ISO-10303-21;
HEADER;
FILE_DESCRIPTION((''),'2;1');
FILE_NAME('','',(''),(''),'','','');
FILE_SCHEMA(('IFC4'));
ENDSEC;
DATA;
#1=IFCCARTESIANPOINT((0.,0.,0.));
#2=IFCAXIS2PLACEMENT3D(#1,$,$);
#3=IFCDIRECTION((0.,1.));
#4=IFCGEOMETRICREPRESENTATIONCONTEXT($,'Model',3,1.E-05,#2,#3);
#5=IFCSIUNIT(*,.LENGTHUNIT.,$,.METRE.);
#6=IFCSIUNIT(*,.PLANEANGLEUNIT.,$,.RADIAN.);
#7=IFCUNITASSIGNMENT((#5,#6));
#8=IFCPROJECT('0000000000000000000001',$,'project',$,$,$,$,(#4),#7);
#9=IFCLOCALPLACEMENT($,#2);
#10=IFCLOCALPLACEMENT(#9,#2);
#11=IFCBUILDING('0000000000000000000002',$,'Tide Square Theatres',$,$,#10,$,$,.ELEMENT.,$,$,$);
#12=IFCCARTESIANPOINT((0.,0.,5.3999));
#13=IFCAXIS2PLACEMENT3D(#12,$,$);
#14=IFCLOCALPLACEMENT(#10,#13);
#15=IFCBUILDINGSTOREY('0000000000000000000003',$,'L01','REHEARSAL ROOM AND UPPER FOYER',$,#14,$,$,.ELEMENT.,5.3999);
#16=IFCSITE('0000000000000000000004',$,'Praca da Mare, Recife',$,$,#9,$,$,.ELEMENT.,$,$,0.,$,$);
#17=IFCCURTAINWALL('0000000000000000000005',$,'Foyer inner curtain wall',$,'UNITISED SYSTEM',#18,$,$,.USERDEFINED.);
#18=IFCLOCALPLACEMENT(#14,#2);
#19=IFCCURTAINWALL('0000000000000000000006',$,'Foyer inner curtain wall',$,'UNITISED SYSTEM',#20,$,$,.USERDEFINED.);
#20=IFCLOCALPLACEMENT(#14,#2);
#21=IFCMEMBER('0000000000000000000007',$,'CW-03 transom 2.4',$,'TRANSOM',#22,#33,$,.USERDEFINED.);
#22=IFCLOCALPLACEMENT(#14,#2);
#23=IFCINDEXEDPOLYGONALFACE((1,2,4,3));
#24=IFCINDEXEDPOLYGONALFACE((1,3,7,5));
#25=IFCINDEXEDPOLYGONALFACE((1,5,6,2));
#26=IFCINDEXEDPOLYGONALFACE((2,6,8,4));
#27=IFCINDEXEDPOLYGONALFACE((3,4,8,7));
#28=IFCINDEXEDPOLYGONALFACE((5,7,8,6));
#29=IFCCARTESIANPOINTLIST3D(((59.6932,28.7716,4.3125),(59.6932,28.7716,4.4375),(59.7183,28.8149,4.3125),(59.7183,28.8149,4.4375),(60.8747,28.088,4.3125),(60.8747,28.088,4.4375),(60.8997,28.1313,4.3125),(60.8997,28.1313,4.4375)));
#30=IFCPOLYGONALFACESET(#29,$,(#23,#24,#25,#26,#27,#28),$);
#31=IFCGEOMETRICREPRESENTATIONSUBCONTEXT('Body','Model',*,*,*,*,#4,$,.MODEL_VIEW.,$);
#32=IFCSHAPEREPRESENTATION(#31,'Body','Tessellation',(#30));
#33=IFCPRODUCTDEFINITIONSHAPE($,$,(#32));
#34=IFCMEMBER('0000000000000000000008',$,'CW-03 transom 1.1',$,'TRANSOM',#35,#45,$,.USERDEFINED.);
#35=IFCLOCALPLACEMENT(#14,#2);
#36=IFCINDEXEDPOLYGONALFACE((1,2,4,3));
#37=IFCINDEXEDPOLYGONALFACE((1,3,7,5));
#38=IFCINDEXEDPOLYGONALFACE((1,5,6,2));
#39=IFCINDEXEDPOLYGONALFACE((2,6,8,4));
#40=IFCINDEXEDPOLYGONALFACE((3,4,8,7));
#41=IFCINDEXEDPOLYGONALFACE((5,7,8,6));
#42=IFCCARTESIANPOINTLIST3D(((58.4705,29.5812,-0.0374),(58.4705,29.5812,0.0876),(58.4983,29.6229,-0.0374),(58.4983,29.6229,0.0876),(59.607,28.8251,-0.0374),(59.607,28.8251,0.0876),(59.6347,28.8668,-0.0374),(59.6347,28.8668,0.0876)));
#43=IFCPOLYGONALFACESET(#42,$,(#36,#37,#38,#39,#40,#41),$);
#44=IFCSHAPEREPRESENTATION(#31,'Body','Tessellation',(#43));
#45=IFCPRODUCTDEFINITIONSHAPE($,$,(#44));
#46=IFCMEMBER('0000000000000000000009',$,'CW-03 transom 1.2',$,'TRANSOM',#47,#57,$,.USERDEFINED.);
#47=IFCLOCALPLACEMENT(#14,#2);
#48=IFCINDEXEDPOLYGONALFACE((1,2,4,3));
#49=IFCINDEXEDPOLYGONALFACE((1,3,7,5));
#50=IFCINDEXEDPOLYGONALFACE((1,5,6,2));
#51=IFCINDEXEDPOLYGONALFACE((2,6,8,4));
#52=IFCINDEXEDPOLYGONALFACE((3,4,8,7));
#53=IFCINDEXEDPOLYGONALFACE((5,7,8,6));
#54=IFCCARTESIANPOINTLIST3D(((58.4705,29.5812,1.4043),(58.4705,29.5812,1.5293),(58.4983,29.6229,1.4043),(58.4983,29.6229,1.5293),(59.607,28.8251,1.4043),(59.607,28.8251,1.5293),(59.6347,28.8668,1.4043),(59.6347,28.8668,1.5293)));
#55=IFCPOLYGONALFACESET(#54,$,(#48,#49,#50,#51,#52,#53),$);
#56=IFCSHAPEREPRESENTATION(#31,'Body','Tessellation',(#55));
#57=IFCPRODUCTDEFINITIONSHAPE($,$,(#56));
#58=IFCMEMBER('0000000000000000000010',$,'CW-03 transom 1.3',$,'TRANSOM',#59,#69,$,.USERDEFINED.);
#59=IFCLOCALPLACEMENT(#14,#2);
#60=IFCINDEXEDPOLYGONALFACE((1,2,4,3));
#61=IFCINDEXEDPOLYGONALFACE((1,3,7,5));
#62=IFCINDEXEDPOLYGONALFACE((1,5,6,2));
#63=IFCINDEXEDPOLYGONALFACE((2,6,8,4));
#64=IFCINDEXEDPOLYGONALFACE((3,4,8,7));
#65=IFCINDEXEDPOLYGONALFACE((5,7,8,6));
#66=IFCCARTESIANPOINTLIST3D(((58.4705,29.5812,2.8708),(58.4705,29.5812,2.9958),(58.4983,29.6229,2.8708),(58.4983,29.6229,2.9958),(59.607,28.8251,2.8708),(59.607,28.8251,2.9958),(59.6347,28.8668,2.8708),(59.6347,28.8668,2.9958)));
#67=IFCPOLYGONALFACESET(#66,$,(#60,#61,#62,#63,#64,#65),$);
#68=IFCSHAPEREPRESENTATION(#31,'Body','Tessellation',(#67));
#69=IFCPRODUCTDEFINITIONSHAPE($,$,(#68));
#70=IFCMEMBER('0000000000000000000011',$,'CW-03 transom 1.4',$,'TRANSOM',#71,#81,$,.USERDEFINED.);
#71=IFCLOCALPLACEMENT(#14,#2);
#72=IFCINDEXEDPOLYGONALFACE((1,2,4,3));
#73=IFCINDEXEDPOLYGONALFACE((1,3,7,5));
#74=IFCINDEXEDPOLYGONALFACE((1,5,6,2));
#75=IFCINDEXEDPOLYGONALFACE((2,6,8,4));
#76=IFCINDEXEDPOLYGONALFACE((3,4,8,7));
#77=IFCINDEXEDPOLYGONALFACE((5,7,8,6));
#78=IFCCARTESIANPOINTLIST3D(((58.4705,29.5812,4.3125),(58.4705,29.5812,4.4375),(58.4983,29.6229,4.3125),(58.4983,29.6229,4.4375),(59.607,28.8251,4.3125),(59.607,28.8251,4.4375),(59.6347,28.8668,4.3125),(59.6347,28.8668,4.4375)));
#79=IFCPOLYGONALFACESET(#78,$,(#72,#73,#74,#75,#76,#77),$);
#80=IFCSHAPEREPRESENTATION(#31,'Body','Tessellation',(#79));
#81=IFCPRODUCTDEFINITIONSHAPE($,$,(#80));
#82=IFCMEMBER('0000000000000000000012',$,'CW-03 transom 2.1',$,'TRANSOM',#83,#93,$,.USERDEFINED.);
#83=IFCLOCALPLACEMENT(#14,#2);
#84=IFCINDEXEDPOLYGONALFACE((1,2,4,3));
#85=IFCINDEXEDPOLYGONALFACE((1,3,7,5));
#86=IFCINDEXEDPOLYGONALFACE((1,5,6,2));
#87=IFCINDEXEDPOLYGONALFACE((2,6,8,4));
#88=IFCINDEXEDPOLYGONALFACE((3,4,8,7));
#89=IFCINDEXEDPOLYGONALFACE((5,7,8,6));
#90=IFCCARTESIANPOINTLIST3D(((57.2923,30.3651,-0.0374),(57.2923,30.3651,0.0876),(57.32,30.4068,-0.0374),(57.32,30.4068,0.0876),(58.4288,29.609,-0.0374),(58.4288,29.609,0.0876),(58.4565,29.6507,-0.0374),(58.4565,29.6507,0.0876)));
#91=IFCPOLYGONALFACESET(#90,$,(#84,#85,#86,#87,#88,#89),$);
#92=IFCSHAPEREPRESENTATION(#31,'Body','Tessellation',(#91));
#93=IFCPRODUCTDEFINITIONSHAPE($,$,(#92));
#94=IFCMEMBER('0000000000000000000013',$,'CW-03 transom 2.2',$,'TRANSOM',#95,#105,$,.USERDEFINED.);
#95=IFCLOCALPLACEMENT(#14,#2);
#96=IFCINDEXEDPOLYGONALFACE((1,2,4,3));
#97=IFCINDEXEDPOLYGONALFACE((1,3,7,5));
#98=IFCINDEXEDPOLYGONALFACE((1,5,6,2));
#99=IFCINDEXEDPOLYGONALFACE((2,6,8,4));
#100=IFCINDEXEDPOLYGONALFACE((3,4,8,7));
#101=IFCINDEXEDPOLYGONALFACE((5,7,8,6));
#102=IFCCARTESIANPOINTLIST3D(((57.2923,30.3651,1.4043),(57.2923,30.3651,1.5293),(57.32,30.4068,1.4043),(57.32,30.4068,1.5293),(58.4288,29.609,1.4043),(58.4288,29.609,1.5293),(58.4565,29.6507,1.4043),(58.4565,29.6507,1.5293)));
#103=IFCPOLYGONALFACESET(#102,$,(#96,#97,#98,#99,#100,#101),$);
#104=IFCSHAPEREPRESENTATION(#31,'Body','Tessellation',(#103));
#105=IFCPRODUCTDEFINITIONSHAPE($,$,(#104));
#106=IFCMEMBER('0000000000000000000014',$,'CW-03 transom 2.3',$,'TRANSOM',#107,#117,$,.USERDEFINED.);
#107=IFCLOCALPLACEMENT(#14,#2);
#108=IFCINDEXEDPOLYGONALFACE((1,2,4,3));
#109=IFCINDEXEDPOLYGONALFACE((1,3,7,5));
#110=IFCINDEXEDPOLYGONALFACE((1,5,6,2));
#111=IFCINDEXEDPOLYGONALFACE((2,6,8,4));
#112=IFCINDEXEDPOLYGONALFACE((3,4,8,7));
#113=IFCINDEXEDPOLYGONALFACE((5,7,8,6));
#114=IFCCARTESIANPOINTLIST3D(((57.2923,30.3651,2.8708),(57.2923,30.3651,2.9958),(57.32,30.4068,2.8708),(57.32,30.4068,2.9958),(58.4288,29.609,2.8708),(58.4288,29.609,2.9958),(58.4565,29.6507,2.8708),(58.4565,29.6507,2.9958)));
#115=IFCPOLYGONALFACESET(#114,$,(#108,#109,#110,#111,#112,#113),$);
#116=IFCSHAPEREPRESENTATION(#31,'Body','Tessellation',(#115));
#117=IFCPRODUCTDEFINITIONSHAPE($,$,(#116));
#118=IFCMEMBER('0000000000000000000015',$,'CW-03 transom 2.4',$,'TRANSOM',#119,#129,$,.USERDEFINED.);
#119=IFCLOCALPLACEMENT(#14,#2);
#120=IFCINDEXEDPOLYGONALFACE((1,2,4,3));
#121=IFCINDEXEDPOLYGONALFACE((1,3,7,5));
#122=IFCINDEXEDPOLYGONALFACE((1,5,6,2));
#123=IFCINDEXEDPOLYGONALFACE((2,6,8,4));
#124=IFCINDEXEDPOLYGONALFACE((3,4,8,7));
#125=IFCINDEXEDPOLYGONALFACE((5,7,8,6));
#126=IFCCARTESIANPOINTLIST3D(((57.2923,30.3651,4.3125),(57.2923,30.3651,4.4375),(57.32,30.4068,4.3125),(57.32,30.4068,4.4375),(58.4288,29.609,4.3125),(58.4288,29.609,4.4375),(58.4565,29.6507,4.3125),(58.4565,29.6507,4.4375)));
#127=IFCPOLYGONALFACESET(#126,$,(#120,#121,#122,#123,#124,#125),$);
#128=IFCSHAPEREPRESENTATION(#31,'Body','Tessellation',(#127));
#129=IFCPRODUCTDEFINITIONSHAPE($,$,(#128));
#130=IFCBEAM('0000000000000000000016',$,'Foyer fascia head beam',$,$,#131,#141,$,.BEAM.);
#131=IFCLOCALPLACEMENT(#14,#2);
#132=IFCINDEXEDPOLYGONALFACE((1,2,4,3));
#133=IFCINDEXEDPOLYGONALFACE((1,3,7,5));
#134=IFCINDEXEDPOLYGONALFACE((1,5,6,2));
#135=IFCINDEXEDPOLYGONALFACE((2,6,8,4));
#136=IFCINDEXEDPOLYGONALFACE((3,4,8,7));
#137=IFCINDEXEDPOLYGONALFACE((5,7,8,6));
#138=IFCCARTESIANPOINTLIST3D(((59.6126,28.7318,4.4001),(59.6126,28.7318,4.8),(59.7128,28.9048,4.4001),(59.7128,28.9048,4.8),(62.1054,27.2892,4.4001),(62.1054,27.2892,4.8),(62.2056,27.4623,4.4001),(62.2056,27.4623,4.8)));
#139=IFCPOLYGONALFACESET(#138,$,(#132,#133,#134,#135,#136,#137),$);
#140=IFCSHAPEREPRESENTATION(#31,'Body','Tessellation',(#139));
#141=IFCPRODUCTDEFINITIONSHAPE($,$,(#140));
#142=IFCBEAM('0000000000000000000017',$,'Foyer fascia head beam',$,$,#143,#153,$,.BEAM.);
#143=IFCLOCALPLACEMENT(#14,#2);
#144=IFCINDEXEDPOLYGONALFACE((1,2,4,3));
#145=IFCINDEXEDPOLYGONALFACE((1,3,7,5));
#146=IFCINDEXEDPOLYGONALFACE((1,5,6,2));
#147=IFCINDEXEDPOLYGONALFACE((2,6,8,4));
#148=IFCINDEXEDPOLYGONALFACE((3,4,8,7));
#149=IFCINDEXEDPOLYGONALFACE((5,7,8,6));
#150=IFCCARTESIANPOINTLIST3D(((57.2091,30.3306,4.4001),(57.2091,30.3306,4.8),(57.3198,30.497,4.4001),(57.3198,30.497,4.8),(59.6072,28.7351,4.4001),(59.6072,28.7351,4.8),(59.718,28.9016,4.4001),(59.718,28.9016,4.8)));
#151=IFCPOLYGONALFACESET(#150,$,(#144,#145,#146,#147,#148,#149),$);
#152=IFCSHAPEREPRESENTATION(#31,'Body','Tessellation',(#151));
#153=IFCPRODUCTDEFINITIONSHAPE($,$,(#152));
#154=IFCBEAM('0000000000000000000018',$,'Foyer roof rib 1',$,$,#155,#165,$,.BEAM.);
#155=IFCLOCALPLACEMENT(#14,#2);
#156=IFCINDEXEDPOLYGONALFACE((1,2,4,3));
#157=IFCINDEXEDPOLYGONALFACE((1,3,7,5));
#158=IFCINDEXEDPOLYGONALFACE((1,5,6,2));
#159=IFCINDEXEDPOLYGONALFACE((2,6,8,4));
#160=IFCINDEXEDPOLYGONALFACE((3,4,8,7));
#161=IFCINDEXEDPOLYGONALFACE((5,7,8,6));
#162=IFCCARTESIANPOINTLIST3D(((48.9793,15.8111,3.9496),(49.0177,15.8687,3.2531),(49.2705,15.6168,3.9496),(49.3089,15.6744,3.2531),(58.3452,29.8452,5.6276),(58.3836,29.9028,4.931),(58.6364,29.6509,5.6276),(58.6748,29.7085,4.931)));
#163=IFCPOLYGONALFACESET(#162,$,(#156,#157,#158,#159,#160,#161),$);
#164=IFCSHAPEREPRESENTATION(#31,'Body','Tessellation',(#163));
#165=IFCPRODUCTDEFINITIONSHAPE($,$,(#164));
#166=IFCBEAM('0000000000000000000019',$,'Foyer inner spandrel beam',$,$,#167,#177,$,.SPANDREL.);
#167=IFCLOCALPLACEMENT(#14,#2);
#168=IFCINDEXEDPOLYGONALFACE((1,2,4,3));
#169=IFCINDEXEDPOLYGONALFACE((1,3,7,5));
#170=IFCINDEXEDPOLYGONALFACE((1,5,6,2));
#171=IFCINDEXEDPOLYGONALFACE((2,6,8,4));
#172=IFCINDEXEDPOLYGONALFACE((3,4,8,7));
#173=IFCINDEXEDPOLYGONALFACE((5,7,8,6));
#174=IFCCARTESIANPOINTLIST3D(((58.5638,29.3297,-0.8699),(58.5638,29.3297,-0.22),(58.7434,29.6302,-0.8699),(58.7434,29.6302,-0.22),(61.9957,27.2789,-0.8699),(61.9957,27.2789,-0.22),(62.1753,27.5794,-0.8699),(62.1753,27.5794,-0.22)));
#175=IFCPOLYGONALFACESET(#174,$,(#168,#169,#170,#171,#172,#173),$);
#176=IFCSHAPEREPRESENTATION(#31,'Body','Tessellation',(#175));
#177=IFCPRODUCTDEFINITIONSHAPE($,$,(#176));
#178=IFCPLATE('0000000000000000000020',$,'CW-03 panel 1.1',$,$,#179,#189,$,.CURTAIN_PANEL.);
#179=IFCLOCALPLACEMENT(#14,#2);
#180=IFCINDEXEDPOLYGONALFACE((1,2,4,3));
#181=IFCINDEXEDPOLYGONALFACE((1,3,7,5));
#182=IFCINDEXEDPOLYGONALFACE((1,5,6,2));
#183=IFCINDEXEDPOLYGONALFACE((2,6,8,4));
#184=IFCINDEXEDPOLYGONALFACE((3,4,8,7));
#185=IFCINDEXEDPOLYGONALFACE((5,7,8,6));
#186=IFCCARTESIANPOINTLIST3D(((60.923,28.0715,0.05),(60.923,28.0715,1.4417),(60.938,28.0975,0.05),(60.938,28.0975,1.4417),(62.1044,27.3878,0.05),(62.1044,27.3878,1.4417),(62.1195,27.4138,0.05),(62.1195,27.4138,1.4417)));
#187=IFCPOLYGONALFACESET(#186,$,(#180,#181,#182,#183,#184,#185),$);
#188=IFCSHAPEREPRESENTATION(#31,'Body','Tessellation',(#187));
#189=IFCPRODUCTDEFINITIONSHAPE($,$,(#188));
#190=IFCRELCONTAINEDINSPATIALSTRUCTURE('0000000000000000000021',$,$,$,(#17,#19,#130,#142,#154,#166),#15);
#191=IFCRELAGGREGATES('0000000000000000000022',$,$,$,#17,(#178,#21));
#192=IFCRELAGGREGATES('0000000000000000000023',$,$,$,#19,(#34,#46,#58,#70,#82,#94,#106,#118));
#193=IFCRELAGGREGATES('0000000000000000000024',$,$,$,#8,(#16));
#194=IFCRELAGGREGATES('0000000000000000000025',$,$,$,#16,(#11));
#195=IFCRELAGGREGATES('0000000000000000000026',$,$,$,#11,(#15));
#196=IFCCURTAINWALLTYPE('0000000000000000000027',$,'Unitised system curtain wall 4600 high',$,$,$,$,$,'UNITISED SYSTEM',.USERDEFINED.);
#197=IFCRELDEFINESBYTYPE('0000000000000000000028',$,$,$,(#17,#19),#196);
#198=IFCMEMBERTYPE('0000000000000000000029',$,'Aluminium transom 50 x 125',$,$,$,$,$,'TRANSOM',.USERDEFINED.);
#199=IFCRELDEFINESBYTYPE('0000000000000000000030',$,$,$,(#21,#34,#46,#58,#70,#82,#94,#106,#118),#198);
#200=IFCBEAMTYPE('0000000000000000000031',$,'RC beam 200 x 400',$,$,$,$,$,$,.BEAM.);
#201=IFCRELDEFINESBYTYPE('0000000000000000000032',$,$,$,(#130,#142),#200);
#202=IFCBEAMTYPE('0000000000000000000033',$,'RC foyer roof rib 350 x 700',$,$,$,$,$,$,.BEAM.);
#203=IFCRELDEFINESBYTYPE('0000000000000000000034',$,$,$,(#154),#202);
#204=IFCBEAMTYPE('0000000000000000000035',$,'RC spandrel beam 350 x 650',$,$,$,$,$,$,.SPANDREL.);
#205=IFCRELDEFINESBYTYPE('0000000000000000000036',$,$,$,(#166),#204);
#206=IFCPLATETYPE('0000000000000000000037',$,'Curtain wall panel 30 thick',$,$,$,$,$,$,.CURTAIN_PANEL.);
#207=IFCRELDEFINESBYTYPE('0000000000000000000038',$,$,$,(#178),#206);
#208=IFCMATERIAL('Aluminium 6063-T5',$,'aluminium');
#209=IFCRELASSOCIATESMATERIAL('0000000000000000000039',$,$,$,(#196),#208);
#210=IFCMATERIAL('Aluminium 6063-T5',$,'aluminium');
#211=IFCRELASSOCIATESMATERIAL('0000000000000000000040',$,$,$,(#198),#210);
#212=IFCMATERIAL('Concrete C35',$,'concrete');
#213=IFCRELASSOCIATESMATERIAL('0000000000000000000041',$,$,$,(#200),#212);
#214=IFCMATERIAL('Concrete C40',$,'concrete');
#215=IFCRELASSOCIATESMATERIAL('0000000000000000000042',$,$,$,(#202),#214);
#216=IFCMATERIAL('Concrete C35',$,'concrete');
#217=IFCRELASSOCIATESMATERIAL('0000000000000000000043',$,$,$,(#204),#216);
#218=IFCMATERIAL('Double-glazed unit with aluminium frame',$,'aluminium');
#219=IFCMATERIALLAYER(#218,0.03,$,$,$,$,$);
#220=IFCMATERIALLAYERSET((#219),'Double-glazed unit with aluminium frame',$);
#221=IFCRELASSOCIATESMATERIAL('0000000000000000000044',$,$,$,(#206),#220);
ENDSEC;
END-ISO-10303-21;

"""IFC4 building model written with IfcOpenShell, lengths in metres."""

from ifc_helpers import new_model, si_unit, direction, frame, origin, origin_2d, place, context, subcontext, project, spatial, rectangle, extrude, material, layer, layer_set, material_profile, profile_set, type_object, element, aggregate, save


model = new_model("IFC4")

# Units and contexts
model_context = context("Model", 3, precision=1e-05, world=origin(), true_north=direction((0.0, 1.0)))
body_context = subcontext(model_context, "Body", "Model", "MODEL_VIEW")
ifc_project = project(units=[si_unit("LENGTHUNIT", "METRE"), si_unit("PLANEANGLEUNIT", "RADIAN")], contexts=[model_context])

# Site, building, storey
site_placement = place(None, origin())
site = spatial("IfcSite", under=ifc_project, at=site_placement, Name="Praca da Mare, Recife", CompositionType="ELEMENT", RefElevation=0.0)
building_placement = place(site_placement, origin())
building = spatial("IfcBuilding", under=site, at=building_placement, Name="Tide Square Theatres", CompositionType="ELEMENT")
storey_placement = place(building_placement, frame((0.0, 0.0, 5.3999)))
storey = spatial("IfcBuildingStorey", under=building, at=storey_placement, Name="L01", Description="REHEARSAL ROOM AND UPPER FOYER", CompositionType="ELEMENT", Elevation=5.3999)

# Curtain walls
ifc_material_1 = material(Name="Aluminium 6063-T5", Category="aluminium")
curtain_wall_type = type_object("IfcCurtainWallType", Name="Unitised system curtain wall 4600 high", ElementType="UNITISED SYSTEM", PredefinedType="USERDEFINED", material=ifc_material_1)
curtain_wall_1_placement = place(storey_placement, origin())
curtain_wall_1 = element("IfcCurtainWall", 1, at=curtain_wall_1_placement, inside=storey, type_object=curtain_wall_type, Name="Foyer inner curtain wall", ObjectType="UNITISED SYSTEM", PredefinedType="USERDEFINED")
curtain_wall_2_placement = place(storey_placement, origin())
curtain_wall_2 = element("IfcCurtainWall", 2, at=curtain_wall_2_placement, inside=storey, type_object=curtain_wall_type, Name="Foyer inner curtain wall", ObjectType="UNITISED SYSTEM", PredefinedType="USERDEFINED")

# Members
ifc_material_2 = material(Name="Aluminium 6063-T5", Category="aluminium")
ifc_material_profile_1 = material_profile(ifc_material_2, rectangle(XDim=0.05, YDim=0.125, at=origin_2d()))
ifc_profile_set_1 = profile_set([ifc_material_profile_1], Name="Aluminium 6063-T5")
member_type_1 = type_object("IfcMemberType", Name="Aluminium transom 50 x 125", ElementType="TRANSOM", PredefinedType="USERDEFINED", material=ifc_profile_set_1)
member_1_placement = place(storey_placement, frame((60.8872, 28.1096, 4.375), z_axis=(-0.865545, 0.500832, 0.0), x_axis=(-0.500832, -0.865545, 0.0)))
member_1 = element("IfcMember", 3, at=member_1_placement, type_object=member_type_1, Name="CW-03 transom 2.4", ObjectType="TRANSOM", PredefinedType="USERDEFINED", context=body_context, shape_type="SweptSolid", body=[
    extrude(rectangle(XDim=0.05, YDim=0.125, at=origin_2d()), origin(), (0.0, 0.0, 1.0), 1.365),
])
member_2_placement = place(storey_placement, frame((59.6208, 28.8459, 0.0251), z_axis=(-0.832573, 0.553916, 0.0), x_axis=(-0.553916, -0.832573, 0.0)))
member_2 = element("IfcMember", 4, at=member_2_placement, type_object=member_type_1, Name="CW-03 transom 1.1", ObjectType="TRANSOM", PredefinedType="USERDEFINED", context=body_context, shape_type="SweptSolid", body=[
    extrude(rectangle(XDim=0.05, YDim=0.125, at=origin_2d()), origin(), (0.0, 0.0, 1.0), 1.365),
])
member_3_placement = place(storey_placement, frame((59.6208, 28.8459, 1.4668), z_axis=(-0.832573, 0.553916, 0.0), x_axis=(-0.553916, -0.832573, 0.0)))
member_3 = element("IfcMember", 5, at=member_3_placement, type_object=member_type_1, Name="CW-03 transom 1.2", ObjectType="TRANSOM", PredefinedType="USERDEFINED", context=body_context, shape_type="SweptSolid", body=[
    extrude(rectangle(XDim=0.05, YDim=0.125, at=origin_2d()), origin(), (0.0, 0.0, 1.0), 1.365),
])
member_4_placement = place(storey_placement, frame((59.6208, 28.8459, 2.9333), z_axis=(-0.832573, 0.553916, 0.0), x_axis=(-0.553916, -0.832573, 0.0)))
member_4 = element("IfcMember", 6, at=member_4_placement, type_object=member_type_1, Name="CW-03 transom 1.3", ObjectType="TRANSOM", PredefinedType="USERDEFINED", context=body_context, shape_type="SweptSolid", body=[
    extrude(rectangle(XDim=0.05, YDim=0.125, at=origin_2d()), origin(), (0.0, 0.0, 1.0), 1.365),
])
member_5_placement = place(storey_placement, frame((59.6208, 28.8459, 4.375), z_axis=(-0.832573, 0.553916, 0.0), x_axis=(-0.553916, -0.832573, 0.0)))
member_5 = element("IfcMember", 7, at=member_5_placement, type_object=member_type_1, Name="CW-03 transom 1.4", ObjectType="TRANSOM", PredefinedType="USERDEFINED", context=body_context, shape_type="SweptSolid", body=[
    extrude(rectangle(XDim=0.05, YDim=0.125, at=origin_2d()), origin(), (0.0, 0.0, 1.0), 1.365),
])
member_6_placement = place(storey_placement, frame((58.4426, 29.6299, 0.0251), z_axis=(-0.832573, 0.553916, 0.0), x_axis=(-0.553916, -0.832573, 0.0)))
member_6 = element("IfcMember", 8, at=member_6_placement, type_object=member_type_1, Name="CW-03 transom 2.1", ObjectType="TRANSOM", PredefinedType="USERDEFINED", context=body_context, shape_type="SweptSolid", body=[
    extrude(rectangle(XDim=0.05, YDim=0.125, at=origin_2d()), origin(), (0.0, 0.0, 1.0), 1.365),
])
member_7_placement = place(storey_placement, frame((58.4426, 29.6299, 1.4668), z_axis=(-0.832573, 0.553916, 0.0), x_axis=(-0.553916, -0.832573, 0.0)))
member_7 = element("IfcMember", 9, at=member_7_placement, type_object=member_type_1, Name="CW-03 transom 2.2", ObjectType="TRANSOM", PredefinedType="USERDEFINED", context=body_context, shape_type="SweptSolid", body=[
    extrude(rectangle(XDim=0.05, YDim=0.125, at=origin_2d()), origin(), (0.0, 0.0, 1.0), 1.365),
])
member_8_placement = place(storey_placement, frame((58.4426, 29.6299, 2.9333), z_axis=(-0.832573, 0.553916, 0.0), x_axis=(-0.553916, -0.832573, 0.0)))
member_8 = element("IfcMember", 10, at=member_8_placement, type_object=member_type_1, Name="CW-03 transom 2.3", ObjectType="TRANSOM", PredefinedType="USERDEFINED", context=body_context, shape_type="SweptSolid", body=[
    extrude(rectangle(XDim=0.05, YDim=0.125, at=origin_2d()), origin(), (0.0, 0.0, 1.0), 1.365),
])
member_9_placement = place(storey_placement, frame((58.4426, 29.6299, 4.375), z_axis=(-0.832573, 0.553916, 0.0), x_axis=(-0.553916, -0.832573, 0.0)))
member_9 = element("IfcMember", 11, at=member_9_placement, type_object=member_type_1, Name="CW-03 transom 2.4", ObjectType="TRANSOM", PredefinedType="USERDEFINED", context=body_context, shape_type="SweptSolid", body=[
    extrude(rectangle(XDim=0.05, YDim=0.125, at=origin_2d()), origin(), (0.0, 0.0, 1.0), 1.365),
])

# Beams
ifc_material_3 = material(Name="Concrete C35", Category="concrete")
ifc_material_profile_2 = material_profile(ifc_material_3, rectangle(XDim=0.2, YDim=0.3999, at=origin_2d()))
ifc_profile_set_2 = profile_set([ifc_material_profile_2], Name="Concrete C35")
beam_type_1 = type_object("IfcBeamType", Name="RC beam 200 x 400", PredefinedType="BEAM", material=ifc_profile_set_2)
beam_1_placement = place(storey_placement, frame((62.1555, 27.3757, 4.6001), z_axis=(-0.865523, 0.500869, 0.0), x_axis=(-0.500869, -0.865523, 0.0)))
element("IfcBeam", 12, at=beam_1_placement, inside=storey, type_object=beam_type_1, Name="Foyer fascia head beam", PredefinedType="BEAM", context=body_context, shape_type="SweptSolid", body=[
    extrude(rectangle(XDim=0.2, YDim=0.3999, at=origin_2d()), origin(), (0.0, 0.0, 1.0), 2.8801),
])
beam_2_placement = place(storey_placement, frame((59.6626, 28.8184, 4.6001), z_axis=(-0.832585, 0.553898, 0.0), x_axis=(-0.553898, -0.832585, 0.0)))
element("IfcBeam", 13, at=beam_2_placement, inside=storey, type_object=beam_type_1, Name="Foyer fascia head beam", PredefinedType="BEAM", context=body_context, shape_type="SweptSolid", body=[
    extrude(rectangle(XDim=0.2, YDim=0.3999, at=origin_2d()), origin(), (0.0, 0.0, 1.0), 2.8804),
])
ifc_material_4 = material(Name="Concrete C40", Category="concrete")
ifc_material_profile_3 = material_profile(ifc_material_4, rectangle(XDim=0.3501, YDim=0.7, at=origin_2d()))
ifc_profile_set_3 = profile_set([ifc_material_profile_3], Name="Concrete C40")
beam_type_2 = type_object("IfcBeamType", Name="RC foyer roof rib 350 x 700", PredefinedType="BEAM", material=ifc_profile_set_3)
beam_3_placement = place(storey_placement, frame((58.51, 29.7769, 5.2793), z_axis=(-0.552379, -0.827698, -0.098963), x_axis=(0.831781, -0.555104, 0.0)))
element("IfcBeam", 14, at=beam_3_placement, inside=storey, type_object=beam_type_2, Name="Foyer roof rib 1", PredefinedType="BEAM", context=body_context, shape_type="SweptSolid", body=[
    extrude(rectangle(XDim=0.3501, YDim=0.7, at=origin_2d()), origin(), (0.0, 0.0, 1.0), 16.9556),
])
ifc_material_5 = material(Name="Concrete C35", Category="concrete")
ifc_material_profile_4 = material_profile(ifc_material_5, rectangle(XDim=0.3501, YDim=0.6499, at=origin_2d()))
ifc_profile_set_4 = profile_set([ifc_material_profile_4], Name="Concrete C35")
beam_type_3 = type_object("IfcBeamType", Name="RC spandrel beam 350 x 650", PredefinedType="SPANDREL", material=ifc_profile_set_4)
beam_4_placement = place(storey_placement, frame((58.6536, 29.48, -0.5449), z_axis=(0.858413, -0.512959, 0.0), x_axis=(0.512959, 0.858413, 0.0)))
element("IfcBeam", 15, at=beam_4_placement, inside=storey, type_object=beam_type_3, Name="Foyer inner spandrel beam", PredefinedType="SPANDREL", context=body_context, shape_type="SweptSolid", body=[
    extrude(rectangle(XDim=0.3501, YDim=0.6499, at=origin_2d()), origin(), (0.0, 0.0, 1.0), 3.998),
])

# Plate
ifc_material_6 = material(Name="Double-glazed unit with aluminium frame", Category="aluminium")
ifc_layer_1 = layer(ifc_material_6, 0.03)
ifc_layer_set_1 = layer_set([ifc_layer_1], Name="Double-glazed unit with aluminium frame")
plate_type = type_object("IfcPlateType", Name="Curtain wall panel 30 thick", PredefinedType="CURTAIN_PANEL", material=ifc_layer_set_1)
plate_1_placement = place(storey_placement, frame((61.5212, 27.7427, 0.05), z_axis=(0.0, 0.0, 1.0), x_axis=(-0.865525, 0.500865, 0.0)))
plate_1 = element("IfcPlate", 16, at=plate_1_placement, type_object=plate_type, Name="CW-03 panel 1.1", PredefinedType="CURTAIN_PANEL", context=body_context, shape_type="SweptSolid", body=[
    extrude(rectangle(XDim=1.365, YDim=0.03, at=origin_2d()), origin(), (0.0, 0.0, 1.0), 1.3916),
])
aggregate(curtain_wall_1, [plate_1, member_1])
aggregate(curtain_wall_2, [member_2, member_3, member_4, member_5, member_6, member_7, member_8, member_9])

save(model, "model.ifc")
